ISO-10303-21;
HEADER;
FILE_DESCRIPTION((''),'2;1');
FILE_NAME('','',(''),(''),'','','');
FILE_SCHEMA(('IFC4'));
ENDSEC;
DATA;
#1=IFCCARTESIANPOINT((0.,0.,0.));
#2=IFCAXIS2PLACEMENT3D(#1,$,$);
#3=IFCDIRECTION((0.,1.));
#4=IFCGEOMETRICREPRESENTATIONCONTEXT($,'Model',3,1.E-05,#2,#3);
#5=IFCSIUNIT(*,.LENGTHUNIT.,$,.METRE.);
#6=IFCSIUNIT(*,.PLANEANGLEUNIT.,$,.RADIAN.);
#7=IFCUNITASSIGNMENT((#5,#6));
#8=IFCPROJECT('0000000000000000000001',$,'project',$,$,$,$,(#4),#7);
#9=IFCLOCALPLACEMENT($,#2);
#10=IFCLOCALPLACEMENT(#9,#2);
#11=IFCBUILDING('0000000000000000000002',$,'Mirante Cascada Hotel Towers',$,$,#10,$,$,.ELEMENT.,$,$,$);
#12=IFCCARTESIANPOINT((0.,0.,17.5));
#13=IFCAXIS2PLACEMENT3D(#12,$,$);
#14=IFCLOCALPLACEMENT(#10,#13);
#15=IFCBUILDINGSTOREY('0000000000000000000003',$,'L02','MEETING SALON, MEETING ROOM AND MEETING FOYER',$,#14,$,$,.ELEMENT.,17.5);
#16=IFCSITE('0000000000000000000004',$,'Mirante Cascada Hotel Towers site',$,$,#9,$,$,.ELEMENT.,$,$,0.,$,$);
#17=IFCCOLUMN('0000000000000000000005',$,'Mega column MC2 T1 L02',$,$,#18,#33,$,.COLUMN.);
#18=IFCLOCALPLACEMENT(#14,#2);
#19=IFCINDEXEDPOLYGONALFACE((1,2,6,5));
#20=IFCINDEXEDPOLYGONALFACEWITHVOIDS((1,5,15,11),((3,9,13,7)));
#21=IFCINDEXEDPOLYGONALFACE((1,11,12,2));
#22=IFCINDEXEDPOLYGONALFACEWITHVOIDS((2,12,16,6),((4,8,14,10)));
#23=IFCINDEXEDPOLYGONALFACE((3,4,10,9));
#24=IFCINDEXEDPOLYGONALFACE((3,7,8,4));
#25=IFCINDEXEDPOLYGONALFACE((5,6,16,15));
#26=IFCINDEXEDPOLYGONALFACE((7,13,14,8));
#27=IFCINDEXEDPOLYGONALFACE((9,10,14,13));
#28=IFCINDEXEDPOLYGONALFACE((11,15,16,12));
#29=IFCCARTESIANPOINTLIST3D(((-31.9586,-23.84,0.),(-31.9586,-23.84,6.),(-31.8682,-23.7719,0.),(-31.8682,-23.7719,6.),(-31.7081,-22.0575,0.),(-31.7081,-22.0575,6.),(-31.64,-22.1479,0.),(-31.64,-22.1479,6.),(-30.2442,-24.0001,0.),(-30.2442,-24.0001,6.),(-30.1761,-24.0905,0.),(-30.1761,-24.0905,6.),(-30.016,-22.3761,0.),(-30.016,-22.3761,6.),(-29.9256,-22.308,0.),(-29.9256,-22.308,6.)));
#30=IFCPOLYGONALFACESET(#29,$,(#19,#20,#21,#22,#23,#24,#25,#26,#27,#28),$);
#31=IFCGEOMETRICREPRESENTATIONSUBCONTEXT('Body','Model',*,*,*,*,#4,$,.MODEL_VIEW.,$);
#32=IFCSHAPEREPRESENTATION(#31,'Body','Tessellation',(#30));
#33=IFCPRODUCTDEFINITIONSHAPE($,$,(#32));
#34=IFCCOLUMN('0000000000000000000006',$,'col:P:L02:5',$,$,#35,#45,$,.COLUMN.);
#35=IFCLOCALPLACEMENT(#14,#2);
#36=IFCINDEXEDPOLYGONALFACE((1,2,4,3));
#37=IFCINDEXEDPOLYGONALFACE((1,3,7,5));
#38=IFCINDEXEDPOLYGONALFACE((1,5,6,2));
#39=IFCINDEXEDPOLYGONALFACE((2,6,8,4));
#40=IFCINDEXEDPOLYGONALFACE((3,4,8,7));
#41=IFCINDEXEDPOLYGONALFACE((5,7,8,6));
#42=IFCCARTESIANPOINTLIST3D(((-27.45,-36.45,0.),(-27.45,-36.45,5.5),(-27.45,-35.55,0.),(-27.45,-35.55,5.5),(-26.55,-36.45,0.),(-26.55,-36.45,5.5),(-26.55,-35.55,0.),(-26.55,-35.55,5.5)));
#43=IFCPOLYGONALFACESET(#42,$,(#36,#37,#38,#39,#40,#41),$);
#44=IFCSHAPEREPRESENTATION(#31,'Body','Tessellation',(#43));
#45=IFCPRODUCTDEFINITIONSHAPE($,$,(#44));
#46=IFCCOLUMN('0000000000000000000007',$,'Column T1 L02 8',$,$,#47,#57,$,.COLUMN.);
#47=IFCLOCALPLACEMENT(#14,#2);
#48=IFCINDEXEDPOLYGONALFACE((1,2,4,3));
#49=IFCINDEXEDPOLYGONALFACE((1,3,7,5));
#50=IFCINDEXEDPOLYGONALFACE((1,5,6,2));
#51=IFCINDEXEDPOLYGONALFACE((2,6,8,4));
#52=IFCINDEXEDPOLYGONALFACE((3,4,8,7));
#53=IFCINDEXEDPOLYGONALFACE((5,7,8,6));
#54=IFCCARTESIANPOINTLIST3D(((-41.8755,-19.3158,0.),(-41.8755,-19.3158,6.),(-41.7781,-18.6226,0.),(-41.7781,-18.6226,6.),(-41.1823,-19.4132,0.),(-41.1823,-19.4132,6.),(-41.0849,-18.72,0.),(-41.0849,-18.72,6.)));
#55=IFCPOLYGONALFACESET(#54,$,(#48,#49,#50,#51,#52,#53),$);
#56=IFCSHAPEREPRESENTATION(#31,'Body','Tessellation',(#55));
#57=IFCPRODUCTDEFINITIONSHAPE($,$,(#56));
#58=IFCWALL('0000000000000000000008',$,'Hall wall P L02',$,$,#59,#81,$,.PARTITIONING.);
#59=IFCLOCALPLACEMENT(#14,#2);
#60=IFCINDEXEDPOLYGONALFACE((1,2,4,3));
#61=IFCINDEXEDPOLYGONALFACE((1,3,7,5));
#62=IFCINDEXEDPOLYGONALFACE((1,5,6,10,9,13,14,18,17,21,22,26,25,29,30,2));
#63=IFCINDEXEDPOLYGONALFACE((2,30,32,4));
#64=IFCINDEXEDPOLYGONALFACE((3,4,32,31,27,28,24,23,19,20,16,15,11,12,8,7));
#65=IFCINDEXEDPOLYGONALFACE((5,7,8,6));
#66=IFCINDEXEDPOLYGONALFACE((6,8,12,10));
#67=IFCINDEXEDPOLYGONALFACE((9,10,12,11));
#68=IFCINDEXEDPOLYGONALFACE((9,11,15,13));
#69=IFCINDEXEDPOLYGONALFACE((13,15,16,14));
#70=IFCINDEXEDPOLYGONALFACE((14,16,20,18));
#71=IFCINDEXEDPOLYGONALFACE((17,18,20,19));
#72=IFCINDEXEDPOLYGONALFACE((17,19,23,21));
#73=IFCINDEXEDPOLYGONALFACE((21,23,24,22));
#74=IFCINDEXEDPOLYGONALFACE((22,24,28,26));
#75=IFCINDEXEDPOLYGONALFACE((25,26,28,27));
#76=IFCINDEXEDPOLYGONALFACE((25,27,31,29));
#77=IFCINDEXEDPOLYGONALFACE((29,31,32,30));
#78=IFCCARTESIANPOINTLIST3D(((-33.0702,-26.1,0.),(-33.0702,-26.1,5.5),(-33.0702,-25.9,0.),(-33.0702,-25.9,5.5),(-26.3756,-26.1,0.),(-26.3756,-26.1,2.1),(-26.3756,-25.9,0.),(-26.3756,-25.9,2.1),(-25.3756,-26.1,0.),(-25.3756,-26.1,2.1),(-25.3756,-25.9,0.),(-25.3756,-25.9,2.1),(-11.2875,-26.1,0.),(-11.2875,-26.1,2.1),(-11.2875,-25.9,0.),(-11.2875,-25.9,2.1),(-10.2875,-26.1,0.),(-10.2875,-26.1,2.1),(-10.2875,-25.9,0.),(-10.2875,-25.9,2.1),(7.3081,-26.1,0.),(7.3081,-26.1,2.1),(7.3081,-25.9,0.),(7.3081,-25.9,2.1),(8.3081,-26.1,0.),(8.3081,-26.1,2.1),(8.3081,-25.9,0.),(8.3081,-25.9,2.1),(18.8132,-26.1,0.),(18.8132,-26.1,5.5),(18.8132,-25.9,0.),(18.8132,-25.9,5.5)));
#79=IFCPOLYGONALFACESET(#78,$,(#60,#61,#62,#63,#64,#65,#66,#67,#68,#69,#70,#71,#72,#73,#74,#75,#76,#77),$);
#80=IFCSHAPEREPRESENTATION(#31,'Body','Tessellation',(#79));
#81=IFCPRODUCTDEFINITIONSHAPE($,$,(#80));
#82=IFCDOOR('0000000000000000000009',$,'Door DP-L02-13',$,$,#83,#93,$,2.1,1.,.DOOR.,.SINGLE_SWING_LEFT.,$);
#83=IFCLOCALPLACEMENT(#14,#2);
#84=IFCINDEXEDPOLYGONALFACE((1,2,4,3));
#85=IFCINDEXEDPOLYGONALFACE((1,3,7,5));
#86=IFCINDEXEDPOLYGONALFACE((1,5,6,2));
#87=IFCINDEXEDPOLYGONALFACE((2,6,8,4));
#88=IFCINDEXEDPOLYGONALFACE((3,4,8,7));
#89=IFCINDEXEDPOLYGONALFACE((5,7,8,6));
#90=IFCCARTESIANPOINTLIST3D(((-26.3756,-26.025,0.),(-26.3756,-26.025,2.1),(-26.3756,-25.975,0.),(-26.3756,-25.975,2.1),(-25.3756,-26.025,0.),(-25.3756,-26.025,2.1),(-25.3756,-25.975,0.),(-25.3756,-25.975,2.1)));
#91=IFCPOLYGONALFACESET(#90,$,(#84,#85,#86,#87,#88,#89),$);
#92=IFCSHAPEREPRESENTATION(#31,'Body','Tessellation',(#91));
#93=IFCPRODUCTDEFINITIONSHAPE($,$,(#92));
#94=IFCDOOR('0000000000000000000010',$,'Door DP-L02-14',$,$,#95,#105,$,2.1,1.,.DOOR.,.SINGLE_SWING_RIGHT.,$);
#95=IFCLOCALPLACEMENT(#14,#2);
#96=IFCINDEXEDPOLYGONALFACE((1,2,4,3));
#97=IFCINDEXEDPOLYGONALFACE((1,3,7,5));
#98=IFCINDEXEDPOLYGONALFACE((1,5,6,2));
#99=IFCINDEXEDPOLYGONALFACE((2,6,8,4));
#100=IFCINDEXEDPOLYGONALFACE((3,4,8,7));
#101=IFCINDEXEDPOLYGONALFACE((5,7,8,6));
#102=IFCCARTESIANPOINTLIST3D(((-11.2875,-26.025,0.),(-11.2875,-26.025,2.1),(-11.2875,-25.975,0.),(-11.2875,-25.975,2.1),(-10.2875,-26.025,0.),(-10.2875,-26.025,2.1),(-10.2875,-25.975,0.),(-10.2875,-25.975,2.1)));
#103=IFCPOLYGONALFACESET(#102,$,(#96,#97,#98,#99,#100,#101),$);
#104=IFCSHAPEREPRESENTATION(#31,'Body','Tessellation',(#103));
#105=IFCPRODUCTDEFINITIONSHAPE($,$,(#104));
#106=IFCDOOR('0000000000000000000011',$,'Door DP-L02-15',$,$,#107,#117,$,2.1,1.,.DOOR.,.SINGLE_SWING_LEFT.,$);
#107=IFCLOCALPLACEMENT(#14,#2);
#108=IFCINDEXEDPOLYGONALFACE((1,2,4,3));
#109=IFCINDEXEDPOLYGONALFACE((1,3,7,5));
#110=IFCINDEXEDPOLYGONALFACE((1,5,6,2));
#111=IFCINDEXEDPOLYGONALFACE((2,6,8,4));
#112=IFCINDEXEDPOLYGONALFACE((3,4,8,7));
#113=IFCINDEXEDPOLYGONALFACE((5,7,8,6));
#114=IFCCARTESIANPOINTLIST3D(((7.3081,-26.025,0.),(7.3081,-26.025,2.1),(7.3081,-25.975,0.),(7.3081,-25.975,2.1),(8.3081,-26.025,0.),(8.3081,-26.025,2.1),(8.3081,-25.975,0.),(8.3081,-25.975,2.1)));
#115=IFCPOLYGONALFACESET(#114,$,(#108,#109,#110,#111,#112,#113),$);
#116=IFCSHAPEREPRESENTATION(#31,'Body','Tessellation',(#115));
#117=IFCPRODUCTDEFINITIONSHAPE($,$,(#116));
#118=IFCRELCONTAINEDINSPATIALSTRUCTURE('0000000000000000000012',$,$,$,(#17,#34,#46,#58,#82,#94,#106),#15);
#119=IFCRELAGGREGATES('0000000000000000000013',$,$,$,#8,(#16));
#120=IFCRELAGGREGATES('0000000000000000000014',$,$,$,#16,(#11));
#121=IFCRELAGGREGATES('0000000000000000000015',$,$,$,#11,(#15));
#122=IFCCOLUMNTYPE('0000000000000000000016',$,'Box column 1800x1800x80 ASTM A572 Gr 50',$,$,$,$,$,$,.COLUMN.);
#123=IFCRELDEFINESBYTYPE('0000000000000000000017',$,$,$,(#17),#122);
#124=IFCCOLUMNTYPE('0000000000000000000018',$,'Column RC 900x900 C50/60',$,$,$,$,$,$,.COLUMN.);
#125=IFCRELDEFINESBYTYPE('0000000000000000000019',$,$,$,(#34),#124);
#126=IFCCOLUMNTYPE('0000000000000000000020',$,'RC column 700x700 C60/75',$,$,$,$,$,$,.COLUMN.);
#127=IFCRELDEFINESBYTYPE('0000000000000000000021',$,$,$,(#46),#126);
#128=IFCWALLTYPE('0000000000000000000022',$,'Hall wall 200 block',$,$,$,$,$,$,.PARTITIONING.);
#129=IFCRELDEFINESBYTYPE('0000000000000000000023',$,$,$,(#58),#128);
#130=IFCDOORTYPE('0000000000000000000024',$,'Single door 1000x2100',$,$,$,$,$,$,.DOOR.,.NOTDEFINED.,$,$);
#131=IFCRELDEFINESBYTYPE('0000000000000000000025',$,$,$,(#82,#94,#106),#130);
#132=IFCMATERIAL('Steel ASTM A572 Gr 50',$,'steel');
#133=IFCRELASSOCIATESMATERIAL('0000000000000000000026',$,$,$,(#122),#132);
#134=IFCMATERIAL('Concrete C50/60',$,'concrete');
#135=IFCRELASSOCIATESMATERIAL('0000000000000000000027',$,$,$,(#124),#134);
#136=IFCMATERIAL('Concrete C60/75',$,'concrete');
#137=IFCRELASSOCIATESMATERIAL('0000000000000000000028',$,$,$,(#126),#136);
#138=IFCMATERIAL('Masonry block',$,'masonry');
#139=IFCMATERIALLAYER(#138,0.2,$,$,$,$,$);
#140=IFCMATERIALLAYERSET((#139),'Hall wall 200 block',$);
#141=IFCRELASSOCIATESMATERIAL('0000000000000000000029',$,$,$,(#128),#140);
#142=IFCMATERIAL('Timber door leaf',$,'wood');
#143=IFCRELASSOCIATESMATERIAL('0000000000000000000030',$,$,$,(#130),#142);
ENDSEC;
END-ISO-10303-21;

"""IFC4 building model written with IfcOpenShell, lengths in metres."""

from ifc_helpers import new_model, si_unit, direction, frame, frame_2d, origin, origin_2d, place, context, subcontext, project, spatial, rectangle, hollow_rectangle, extrude, material, layer, layer_set, material_profile, profile_set, type_object, element, fill, save


model = new_model("IFC4")

# Units and contexts
model_context = context("Model", 3, precision=1e-05, world=origin(), true_north=direction((0.0, 1.0)))
body_context = subcontext(model_context, "Body", "Model", "MODEL_VIEW")
ifc_project = project(units=[si_unit("LENGTHUNIT", "METRE"), si_unit("PLANEANGLEUNIT", "RADIAN")], contexts=[model_context])

# Site, building, storey
site_placement = place(None, origin())
site = spatial("IfcSite", under=ifc_project, at=site_placement, Name="Mirante Cascada Hotel Towers site", CompositionType="ELEMENT", RefElevation=0.0)
building_placement = place(site_placement, origin())
building = spatial("IfcBuilding", under=site, at=building_placement, Name="Mirante Cascada Hotel Towers", CompositionType="ELEMENT")
storey_placement = place(building_placement, frame((0.0, 0.0, 17.5)))
storey = spatial("IfcBuildingStorey", under=building, at=storey_placement, Name="L02", Description="MEETING SALON, MEETING ROOM AND MEETING FOYER", CompositionType="ELEMENT", Elevation=17.5)

# Columns
ifc_material_1 = material(Name="Steel ASTM A572 Gr 50", Category="steel")
ifc_material_profile_1 = material_profile(ifc_material_1, hollow_rectangle(XDim=1.8, YDim=1.8, WallThickness=0.08, at=origin_2d()), Name="Box column 1800x1800x80 ASTM A572 Gr 50")
ifc_profile_set_1 = profile_set([ifc_material_profile_1], Name="Steel ASTM A572 Gr 50")
column_type_1 = type_object("IfcColumnType", Name="Box column 1800x1800x80 ASTM A572 Gr 50", PredefinedType="COLUMN", material=ifc_profile_set_1)
column_1_placement = place(storey_placement, frame((-30.9421, -23.074, 0.0), z_axis=(0.0, 0.0, 1.0), x_axis=(-0.990268, 0.139173, 0.0)))
element("IfcColumn", 1, at=column_1_placement, inside=storey, type_object=column_type_1, Name="Mega column MC2 T1 L02", PredefinedType="COLUMN", context=body_context, shape_type="SweptSolid", body=[
    extrude(hollow_rectangle(XDim=1.8, YDim=1.8, WallThickness=0.08, at=origin_2d()), origin(), (0.0, 0.0, 1.0), 6.0),
])
ifc_material_2 = material(Name="Concrete C50/60", Category="concrete")
ifc_material_profile_2 = material_profile(ifc_material_2, rectangle(XDim=0.9, YDim=0.9, at=origin_2d()), Name="RC 900x900")
ifc_profile_set_2 = profile_set([ifc_material_profile_2], Name="Concrete C50/60")
column_type_2 = type_object("IfcColumnType", Name="Column RC 900x900 C50/60", PredefinedType="COLUMN", material=ifc_profile_set_2)
column_2_placement = place(storey_placement, frame((-27.0, -36.0, 0.0), z_axis=(0.0, 0.0, 1.0), x_axis=(1.0, 0.0, 0.0)))
element("IfcColumn", 2, at=column_2_placement, inside=storey, type_object=column_type_2, Name="col:P:L02:5", PredefinedType="COLUMN", context=body_context, shape_type="SweptSolid", body=[
    extrude(rectangle(XDim=0.9, YDim=0.9, at=origin_2d()), origin(), (0.0, 0.0, 1.0), 5.5),
])
ifc_material_3 = material(Name="Concrete C60/75", Category="concrete")
ifc_material_profile_3 = material_profile(ifc_material_3, rectangle(XDim=0.7, YDim=0.7, at=origin_2d()), Name="RC column 700x700 C60/75")
ifc_profile_set_3 = profile_set([ifc_material_profile_3], Name="Concrete C60/75")
column_type_3 = type_object("IfcColumnType", Name="RC column 700x700 C60/75", PredefinedType="COLUMN", material=ifc_profile_set_3)
column_3_placement = place(storey_placement, frame((-41.4802, -19.0179, 0.0), z_axis=(0.0, 0.0, 1.0), x_axis=(-0.990268, 0.139173, 0.0)))
element("IfcColumn", 3, at=column_3_placement, inside=storey, type_object=column_type_3, Name="Column T1 L02 8", PredefinedType="COLUMN", context=body_context, shape_type="SweptSolid", body=[
    extrude(rectangle(XDim=0.7, YDim=0.7, at=origin_2d()), origin(), (0.0, 0.0, 1.0), 6.0),
])

# Wall, openings, doors
ifc_material_4 = material(Name="Masonry block", Category="masonry")
ifc_layer_1 = layer(ifc_material_4, 0.2)
ifc_layer_set_1 = layer_set([ifc_layer_1], Name="Hall wall 200 block")
wall_type_1 = type_object("IfcWallType", Name="Hall wall 200 block", PredefinedType="PARTITIONING", material=ifc_layer_set_1)
wall_1_placement = place(storey_placement, frame((-33.0701, -26.0, 0.0), z_axis=(0.0, 0.0, 1.0), x_axis=(1.0, 0.0, 0.0)))
wall_1 = element("IfcWall", 4, at=wall_1_placement, inside=storey, type_object=wall_type_1, Name="Hall wall P L02", PredefinedType="PARTITIONING", context=body_context, shape_type="SweptSolid", body=[
    extrude(rectangle(XDim=51.8833, YDim=0.2, at=frame_2d((25.9416, 0.0))), origin(), (0.0, 0.0, 1.0), 5.5),
])
opening_1_placement = place(wall_1_placement, frame((6.6945, 0.0, 0.0)))
opening_1 = element("IfcOpeningElement", 5, at=opening_1_placement, cuts=wall_1, PredefinedType="OPENING", context=body_context, shape_type="SweptSolid", body=[
    extrude(rectangle(XDim=1.0, YDim=2.1, at=frame_2d((0.5, 1.05))), frame((0.0, 0.1, 0.0), z_axis=(0.0, -1.0, 0.0), x_axis=(1.0, 0.0, 0.0)), (0.0, 0.0, 1.0), 0.2),
])
opening_2_placement = place(wall_1_placement, frame((21.7826, 0.0, 0.0)))
opening_2 = element("IfcOpeningElement", 6, at=opening_2_placement, cuts=wall_1, PredefinedType="OPENING", context=body_context, shape_type="SweptSolid", body=[
    extrude(rectangle(XDim=1.0, YDim=2.1, at=frame_2d((0.5, 1.05))), frame((0.0, 0.1, 0.0), z_axis=(0.0, -1.0, 0.0), x_axis=(1.0, 0.0, 0.0)), (0.0, 0.0, 1.0), 0.2),
])
opening_3_placement = place(wall_1_placement, frame((40.3782, 0.0, 0.0)))
opening_3 = element("IfcOpeningElement", 7, at=opening_3_placement, cuts=wall_1, PredefinedType="OPENING", context=body_context, shape_type="SweptSolid", body=[
    extrude(rectangle(XDim=1.0, YDim=2.1, at=frame_2d((0.5, 1.05))), frame((0.0, 0.1, 0.0), z_axis=(0.0, -1.0, 0.0), x_axis=(1.0, 0.0, 0.0)), (0.0, 0.0, 1.0), 0.2),
])
ifc_material_5 = material(Name="Timber door leaf", Category="wood")
door_type = type_object("IfcDoorType", Name="Single door 1000x2100", OperationType="NOTDEFINED", PredefinedType="DOOR", material=ifc_material_5)
door_1_placement = place(opening_1_placement, frame((1.0, 0.0, 0.0), z_axis=(0.0, 0.0, 1.0), x_axis=(-1.0, 0.0, 0.0)))
door_1 = element("IfcDoor", 8, at=door_1_placement, inside=storey, type_object=door_type, Name="Door DP-L02-13", OperationType="SINGLE_SWING_LEFT", OverallHeight=2.1, OverallWidth=1.0, PredefinedType="DOOR", context=body_context, shape_type="SweptSolid", body=[
    extrude(rectangle(XDim=1.0, YDim=2.1, at=frame_2d((0.5, 1.05))), frame((0.0, 0.025, 0.0), z_axis=(0.0, -1.0, 0.0), x_axis=(1.0, 0.0, 0.0)), (0.0, 0.0, 1.0), 0.05),
])
fill(opening_1, door_1)
door_2_placement = place(opening_2_placement, frame((1.0, 0.0, 0.0), z_axis=(0.0, 0.0, 1.0), x_axis=(-1.0, 0.0, 0.0)))
door_2 = element("IfcDoor", 9, at=door_2_placement, inside=storey, type_object=door_type, Name="Door DP-L02-14", OperationType="SINGLE_SWING_RIGHT", OverallHeight=2.1, OverallWidth=1.0, PredefinedType="DOOR", context=body_context, shape_type="SweptSolid", body=[
    extrude(rectangle(XDim=1.0, YDim=2.1, at=frame_2d((0.5, 1.05))), frame((0.0, 0.025, 0.0), z_axis=(0.0, -1.0, 0.0), x_axis=(1.0, 0.0, 0.0)), (0.0, 0.0, 1.0), 0.05),
])
fill(opening_2, door_2)
door_3_placement = place(opening_3_placement, frame((1.0, 0.0, 0.0), z_axis=(0.0, 0.0, 1.0), x_axis=(-1.0, 0.0, 0.0)))
door_3 = element("IfcDoor", 10, at=door_3_placement, inside=storey, type_object=door_type, Name="Door DP-L02-15", OperationType="SINGLE_SWING_LEFT", OverallHeight=2.1, OverallWidth=1.0, PredefinedType="DOOR", context=body_context, shape_type="SweptSolid", body=[
    extrude(rectangle(XDim=1.0, YDim=2.1, at=frame_2d((0.5, 1.05))), frame((0.0, 0.025, 0.0), z_axis=(0.0, -1.0, 0.0), x_axis=(1.0, 0.0, 0.0)), (0.0, 0.0, 1.0), 0.05),
])
fill(opening_3, door_3)

save(model, "model.ifc")
